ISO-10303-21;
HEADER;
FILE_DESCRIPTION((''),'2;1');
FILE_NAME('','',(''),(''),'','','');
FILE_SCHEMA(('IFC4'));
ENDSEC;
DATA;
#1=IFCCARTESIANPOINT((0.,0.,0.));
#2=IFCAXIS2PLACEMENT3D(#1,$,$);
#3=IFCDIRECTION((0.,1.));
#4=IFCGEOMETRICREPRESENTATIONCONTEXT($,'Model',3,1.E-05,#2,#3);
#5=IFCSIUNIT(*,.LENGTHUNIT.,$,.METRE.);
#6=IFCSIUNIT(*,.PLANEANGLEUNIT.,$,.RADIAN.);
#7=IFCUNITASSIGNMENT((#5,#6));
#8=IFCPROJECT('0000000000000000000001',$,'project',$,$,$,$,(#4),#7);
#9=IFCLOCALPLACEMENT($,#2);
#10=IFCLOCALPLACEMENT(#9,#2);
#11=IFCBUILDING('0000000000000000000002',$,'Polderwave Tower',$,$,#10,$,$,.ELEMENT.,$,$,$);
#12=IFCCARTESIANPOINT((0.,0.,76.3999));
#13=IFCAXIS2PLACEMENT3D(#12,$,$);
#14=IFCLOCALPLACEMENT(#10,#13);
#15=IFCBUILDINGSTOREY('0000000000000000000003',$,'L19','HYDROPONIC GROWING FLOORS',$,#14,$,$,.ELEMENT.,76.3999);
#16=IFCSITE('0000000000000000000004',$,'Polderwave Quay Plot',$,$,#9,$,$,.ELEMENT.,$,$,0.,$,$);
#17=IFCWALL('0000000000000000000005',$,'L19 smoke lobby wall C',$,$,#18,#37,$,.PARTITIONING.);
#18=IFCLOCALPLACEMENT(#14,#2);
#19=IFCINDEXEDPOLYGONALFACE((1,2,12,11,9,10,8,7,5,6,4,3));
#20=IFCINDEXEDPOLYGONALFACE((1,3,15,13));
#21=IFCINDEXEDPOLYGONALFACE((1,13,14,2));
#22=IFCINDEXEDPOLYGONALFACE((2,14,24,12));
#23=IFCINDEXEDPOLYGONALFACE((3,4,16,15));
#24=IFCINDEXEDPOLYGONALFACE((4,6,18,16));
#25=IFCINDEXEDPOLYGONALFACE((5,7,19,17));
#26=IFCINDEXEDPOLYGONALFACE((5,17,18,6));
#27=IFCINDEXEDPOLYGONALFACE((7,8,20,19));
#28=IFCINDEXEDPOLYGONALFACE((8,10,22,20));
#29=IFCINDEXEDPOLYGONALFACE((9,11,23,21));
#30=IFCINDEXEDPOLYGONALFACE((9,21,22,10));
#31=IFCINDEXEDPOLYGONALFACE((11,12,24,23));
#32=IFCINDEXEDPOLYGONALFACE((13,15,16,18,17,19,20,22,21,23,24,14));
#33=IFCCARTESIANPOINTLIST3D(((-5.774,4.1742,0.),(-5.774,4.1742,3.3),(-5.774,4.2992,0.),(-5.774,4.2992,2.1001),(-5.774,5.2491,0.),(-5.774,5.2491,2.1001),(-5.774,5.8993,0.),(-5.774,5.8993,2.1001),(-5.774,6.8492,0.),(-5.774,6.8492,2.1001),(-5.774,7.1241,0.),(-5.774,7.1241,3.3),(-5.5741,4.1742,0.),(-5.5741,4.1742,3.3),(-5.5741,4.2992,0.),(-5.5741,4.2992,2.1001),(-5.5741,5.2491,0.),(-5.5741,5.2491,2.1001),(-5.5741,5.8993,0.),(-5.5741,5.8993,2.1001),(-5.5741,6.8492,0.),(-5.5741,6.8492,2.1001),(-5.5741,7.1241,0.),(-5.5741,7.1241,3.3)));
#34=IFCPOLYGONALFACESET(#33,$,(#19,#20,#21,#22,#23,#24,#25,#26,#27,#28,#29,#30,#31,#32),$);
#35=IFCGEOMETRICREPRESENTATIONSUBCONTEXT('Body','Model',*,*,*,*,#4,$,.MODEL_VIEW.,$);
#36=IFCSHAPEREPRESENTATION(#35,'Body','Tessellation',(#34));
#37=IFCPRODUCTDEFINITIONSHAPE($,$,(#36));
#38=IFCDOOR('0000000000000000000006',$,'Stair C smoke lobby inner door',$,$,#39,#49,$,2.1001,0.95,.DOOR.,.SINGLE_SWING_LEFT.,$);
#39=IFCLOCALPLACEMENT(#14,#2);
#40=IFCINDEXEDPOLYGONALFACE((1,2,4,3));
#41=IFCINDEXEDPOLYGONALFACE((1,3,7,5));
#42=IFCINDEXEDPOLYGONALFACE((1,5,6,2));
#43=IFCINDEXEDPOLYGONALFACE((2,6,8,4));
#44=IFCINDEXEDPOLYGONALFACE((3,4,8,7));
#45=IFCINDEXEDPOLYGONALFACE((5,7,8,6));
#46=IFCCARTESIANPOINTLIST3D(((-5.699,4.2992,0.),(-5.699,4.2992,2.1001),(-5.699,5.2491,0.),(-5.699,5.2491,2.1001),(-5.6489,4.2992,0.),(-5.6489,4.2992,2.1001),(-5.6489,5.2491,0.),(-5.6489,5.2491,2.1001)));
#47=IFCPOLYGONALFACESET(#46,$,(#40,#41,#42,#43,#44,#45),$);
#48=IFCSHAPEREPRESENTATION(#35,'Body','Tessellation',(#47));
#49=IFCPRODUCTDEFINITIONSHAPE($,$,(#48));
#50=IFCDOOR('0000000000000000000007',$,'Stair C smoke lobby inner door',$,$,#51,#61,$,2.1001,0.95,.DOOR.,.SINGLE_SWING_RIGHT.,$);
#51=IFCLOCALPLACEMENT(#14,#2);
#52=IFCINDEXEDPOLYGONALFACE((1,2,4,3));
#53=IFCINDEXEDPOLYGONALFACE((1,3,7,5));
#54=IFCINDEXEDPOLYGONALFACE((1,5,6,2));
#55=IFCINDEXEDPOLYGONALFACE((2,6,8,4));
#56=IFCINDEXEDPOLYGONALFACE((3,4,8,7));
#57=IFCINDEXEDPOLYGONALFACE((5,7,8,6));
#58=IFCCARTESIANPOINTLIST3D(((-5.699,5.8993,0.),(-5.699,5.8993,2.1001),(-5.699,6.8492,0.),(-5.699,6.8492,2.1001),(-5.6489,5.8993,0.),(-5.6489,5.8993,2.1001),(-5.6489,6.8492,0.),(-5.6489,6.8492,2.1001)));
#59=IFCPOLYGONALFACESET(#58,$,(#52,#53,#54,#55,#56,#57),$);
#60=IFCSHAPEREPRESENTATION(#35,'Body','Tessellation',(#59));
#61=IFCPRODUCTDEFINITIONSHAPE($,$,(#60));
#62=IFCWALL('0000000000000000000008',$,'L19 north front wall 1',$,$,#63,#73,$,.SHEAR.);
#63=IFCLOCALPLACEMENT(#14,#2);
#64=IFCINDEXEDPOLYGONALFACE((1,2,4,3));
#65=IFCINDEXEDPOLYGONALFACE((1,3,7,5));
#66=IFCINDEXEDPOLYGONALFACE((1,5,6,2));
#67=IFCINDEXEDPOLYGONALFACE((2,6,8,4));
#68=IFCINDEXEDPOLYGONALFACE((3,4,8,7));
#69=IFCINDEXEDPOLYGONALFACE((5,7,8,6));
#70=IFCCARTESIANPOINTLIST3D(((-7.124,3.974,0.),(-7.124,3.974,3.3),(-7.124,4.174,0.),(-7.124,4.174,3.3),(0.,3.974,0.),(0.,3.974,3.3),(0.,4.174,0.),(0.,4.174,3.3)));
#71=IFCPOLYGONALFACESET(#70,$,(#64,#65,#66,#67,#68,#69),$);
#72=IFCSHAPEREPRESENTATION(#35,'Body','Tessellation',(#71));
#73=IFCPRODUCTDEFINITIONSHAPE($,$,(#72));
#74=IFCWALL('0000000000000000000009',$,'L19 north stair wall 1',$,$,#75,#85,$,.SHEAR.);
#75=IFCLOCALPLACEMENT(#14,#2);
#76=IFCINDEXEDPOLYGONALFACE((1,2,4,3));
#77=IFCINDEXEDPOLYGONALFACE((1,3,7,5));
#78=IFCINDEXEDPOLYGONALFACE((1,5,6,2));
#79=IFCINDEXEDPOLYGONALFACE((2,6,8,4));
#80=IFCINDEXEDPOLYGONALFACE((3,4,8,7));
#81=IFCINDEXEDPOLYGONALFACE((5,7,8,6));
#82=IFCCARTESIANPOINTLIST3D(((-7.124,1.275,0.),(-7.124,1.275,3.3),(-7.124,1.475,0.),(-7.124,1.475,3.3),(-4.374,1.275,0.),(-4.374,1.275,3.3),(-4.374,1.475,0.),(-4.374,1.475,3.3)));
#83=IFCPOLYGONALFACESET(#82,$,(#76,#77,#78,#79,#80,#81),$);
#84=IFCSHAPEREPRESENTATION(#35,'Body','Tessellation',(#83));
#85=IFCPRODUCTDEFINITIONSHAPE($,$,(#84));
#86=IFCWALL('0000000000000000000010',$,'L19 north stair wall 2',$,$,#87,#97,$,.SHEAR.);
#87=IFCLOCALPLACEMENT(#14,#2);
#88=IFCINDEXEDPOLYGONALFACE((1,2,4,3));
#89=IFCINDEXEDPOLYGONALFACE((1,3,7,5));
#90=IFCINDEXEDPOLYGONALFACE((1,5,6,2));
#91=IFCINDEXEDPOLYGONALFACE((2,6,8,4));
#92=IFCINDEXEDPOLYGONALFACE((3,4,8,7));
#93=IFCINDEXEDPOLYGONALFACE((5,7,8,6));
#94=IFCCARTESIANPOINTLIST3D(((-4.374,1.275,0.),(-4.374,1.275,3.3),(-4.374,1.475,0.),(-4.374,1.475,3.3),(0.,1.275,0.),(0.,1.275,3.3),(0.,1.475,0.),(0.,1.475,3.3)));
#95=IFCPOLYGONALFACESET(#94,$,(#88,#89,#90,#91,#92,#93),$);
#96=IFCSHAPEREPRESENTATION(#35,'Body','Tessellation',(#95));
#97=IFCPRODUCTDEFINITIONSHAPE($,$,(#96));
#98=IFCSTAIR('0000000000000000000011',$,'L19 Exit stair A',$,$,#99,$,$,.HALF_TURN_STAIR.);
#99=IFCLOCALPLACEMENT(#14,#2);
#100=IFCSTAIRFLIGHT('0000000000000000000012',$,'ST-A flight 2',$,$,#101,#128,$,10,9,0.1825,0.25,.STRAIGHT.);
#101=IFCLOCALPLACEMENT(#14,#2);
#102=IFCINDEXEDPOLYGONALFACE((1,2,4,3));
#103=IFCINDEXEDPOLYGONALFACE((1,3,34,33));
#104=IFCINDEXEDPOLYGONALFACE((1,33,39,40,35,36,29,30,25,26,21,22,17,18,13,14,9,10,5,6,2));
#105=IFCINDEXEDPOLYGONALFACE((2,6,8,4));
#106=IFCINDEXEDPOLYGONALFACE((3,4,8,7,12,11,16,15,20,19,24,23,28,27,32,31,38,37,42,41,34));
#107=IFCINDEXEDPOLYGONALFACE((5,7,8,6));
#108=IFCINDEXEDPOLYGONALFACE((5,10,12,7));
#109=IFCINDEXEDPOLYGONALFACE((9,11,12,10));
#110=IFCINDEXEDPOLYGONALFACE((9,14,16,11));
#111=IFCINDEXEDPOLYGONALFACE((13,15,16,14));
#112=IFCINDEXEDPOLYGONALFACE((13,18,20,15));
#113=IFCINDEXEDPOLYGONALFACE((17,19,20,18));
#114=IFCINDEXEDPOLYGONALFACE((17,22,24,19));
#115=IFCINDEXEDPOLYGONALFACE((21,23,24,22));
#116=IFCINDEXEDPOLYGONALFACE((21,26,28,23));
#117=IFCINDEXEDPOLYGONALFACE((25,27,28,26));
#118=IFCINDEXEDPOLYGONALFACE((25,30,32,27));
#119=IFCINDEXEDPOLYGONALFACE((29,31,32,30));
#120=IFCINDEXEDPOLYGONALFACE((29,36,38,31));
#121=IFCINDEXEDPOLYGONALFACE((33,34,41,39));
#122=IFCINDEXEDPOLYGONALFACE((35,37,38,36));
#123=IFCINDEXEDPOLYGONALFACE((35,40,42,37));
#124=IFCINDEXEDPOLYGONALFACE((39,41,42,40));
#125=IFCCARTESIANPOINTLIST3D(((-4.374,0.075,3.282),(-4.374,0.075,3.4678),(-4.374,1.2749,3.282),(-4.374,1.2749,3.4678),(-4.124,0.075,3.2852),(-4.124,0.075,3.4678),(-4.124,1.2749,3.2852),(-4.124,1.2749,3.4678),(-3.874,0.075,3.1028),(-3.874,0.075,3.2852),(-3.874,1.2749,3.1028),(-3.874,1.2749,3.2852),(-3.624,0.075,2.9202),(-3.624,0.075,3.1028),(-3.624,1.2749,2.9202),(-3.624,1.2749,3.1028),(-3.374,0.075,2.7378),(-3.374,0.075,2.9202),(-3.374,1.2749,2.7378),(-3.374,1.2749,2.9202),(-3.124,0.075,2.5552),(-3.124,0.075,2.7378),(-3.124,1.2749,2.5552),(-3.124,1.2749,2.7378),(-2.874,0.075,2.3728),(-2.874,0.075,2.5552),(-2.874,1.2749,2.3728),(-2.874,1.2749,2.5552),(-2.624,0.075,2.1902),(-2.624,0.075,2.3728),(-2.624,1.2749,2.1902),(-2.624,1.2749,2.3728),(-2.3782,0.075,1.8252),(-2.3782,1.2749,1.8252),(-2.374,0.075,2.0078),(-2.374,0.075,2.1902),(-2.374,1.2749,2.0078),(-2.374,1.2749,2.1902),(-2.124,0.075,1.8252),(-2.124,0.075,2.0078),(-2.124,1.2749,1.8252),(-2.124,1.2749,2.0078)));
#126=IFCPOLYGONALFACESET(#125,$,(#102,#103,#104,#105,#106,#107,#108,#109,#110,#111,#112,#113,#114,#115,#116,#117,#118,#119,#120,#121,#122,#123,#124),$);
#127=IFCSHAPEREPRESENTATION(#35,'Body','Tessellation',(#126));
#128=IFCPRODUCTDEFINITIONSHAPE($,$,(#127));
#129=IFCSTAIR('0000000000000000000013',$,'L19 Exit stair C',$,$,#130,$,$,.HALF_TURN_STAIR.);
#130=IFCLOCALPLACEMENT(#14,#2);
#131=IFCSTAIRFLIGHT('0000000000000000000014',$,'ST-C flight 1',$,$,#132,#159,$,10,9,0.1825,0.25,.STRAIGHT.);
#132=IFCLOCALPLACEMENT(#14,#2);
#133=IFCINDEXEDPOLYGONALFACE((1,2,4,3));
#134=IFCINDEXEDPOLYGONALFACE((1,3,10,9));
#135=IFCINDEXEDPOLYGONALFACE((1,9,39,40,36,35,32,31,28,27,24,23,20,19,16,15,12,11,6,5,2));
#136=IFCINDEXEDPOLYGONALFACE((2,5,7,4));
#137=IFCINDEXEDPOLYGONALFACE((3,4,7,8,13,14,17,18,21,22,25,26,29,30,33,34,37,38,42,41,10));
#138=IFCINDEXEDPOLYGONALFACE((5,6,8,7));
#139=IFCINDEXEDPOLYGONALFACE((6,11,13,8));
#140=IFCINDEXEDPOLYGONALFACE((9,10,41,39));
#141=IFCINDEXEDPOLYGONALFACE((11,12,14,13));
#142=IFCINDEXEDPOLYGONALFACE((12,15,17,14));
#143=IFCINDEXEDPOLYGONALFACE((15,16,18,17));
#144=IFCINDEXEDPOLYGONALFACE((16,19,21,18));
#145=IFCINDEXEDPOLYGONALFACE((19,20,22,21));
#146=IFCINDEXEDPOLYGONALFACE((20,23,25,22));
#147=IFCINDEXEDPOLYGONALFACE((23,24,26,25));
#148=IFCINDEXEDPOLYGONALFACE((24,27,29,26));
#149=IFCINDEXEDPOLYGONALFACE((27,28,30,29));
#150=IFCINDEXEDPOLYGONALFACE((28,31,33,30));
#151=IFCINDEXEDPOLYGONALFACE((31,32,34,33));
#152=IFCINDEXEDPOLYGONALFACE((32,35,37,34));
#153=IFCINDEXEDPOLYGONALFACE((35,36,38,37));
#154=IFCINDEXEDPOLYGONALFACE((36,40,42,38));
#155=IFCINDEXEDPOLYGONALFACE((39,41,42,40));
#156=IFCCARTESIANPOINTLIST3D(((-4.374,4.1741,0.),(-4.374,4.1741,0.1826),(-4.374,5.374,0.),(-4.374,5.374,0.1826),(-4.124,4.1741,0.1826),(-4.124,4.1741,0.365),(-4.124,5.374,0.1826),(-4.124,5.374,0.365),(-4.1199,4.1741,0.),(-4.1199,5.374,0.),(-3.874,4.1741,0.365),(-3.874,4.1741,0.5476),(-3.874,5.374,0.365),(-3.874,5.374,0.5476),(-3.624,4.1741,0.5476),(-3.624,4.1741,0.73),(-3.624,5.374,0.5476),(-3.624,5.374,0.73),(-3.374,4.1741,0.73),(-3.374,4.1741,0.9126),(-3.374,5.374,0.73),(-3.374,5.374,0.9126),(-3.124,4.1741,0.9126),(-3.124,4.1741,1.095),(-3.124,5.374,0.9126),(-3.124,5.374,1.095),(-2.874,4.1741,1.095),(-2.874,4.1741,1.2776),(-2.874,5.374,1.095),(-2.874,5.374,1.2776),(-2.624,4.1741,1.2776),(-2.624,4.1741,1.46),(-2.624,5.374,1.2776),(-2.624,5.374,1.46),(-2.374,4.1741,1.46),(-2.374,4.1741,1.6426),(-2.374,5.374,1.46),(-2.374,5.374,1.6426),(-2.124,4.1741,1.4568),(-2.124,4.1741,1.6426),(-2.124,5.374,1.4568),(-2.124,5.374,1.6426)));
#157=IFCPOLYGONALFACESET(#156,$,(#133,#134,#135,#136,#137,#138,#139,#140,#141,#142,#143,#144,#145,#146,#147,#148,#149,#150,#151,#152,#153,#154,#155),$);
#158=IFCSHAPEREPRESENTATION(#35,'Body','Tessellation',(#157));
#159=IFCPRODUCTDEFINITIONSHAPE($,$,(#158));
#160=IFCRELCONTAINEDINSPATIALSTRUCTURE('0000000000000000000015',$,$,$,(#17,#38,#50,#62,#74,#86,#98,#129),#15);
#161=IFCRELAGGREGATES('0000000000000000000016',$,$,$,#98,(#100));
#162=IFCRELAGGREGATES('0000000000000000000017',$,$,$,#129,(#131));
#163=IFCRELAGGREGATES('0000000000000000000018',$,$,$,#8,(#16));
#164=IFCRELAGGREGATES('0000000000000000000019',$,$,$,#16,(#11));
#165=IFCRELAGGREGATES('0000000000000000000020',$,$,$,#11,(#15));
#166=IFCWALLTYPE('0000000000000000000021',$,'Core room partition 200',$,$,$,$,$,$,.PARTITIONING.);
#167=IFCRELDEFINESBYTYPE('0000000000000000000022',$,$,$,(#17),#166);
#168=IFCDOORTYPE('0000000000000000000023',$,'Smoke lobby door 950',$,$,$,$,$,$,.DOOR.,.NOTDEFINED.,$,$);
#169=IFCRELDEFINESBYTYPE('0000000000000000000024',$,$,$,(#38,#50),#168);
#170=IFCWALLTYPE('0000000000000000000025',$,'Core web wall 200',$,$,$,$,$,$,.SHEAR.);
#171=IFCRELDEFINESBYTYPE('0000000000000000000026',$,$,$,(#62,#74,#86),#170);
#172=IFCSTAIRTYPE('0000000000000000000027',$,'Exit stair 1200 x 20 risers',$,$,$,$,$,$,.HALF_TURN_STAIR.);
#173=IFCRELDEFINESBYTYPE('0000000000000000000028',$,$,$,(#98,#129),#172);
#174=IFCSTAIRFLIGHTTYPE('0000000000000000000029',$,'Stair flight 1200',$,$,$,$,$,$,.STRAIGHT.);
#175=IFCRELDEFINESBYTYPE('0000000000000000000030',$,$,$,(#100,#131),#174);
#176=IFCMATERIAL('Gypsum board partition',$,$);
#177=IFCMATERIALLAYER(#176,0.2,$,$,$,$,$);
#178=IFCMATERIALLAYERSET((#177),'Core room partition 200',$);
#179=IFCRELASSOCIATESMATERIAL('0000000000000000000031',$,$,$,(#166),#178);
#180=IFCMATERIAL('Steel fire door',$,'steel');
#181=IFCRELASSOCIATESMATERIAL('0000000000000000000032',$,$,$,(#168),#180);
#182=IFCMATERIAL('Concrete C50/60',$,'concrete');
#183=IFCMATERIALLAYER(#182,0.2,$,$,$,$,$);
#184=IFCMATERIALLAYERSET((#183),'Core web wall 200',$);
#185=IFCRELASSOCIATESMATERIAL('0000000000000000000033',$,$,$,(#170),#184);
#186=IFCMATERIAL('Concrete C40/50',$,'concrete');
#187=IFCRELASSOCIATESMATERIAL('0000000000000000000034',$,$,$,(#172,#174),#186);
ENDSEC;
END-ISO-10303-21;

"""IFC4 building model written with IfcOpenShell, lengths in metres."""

from ifc_helpers import new_model, si_unit, direction, frame, frame_2d, origin, place, context, subcontext, project, spatial, polyline, rectangle, outline, extrude, material, layer, layer_set, type_object, element, fill, aggregate, save


model = new_model("IFC4")

# Units and contexts
model_context = context("Model", 3, precision=1e-05, world=origin(), true_north=direction((0.0, 1.0)))
body_context = subcontext(model_context, "Body", "Model", "MODEL_VIEW")
ifc_project = project(units=[si_unit("LENGTHUNIT", "METRE"), si_unit("PLANEANGLEUNIT", "RADIAN")], contexts=[model_context])

# Site, building, storey
site_placement = place(None, origin())
site = spatial("IfcSite", under=ifc_project, at=site_placement, Name="Polderwave Quay Plot", CompositionType="ELEMENT", RefElevation=0.0)
building_placement = place(site_placement, origin())
building = spatial("IfcBuilding", under=site, at=building_placement, Name="Polderwave Tower", CompositionType="ELEMENT")
storey_placement = place(building_placement, frame((0.0, 0.0, 76.3999)))
storey = spatial("IfcBuildingStorey", under=building, at=storey_placement, Name="L19", Description="HYDROPONIC GROWING FLOORS", CompositionType="ELEMENT", Elevation=76.3999)

# Wall, openings, doors
ifc_material_1 = material(Name="Gypsum board partition")
ifc_layer_1 = layer(ifc_material_1, 0.2)
ifc_layer_set_1 = layer_set([ifc_layer_1], Name="Core room partition 200")
wall_type_1 = type_object("IfcWallType", Name="Core room partition 200", PredefinedType="PARTITIONING", material=ifc_layer_set_1)
wall_1_placement = place(storey_placement, frame((-5.6741, 4.1741, 0.0), z_axis=(0.0, 0.0, 1.0), x_axis=(0.0, 1.0, 0.0)))
wall_1 = element("IfcWall", 1, at=wall_1_placement, inside=storey, type_object=wall_type_1, Name="L19 smoke lobby wall C", PredefinedType="PARTITIONING", context=body_context, shape_type="SweptSolid", body=[
    extrude(rectangle(XDim=2.95, YDim=0.2, at=frame_2d((1.4751, 0.0))), origin(), (0.0, 0.0, 1.0), 3.3),
])
opening_1_placement = place(wall_1_placement, frame((0.125, 0.0, 0.0)))
opening_1 = element("IfcOpeningElement", 2, at=opening_1_placement, cuts=wall_1, PredefinedType="OPENING", context=body_context, shape_type="SweptSolid", body=[
    extrude(rectangle(XDim=0.95, YDim=2.1001, at=frame_2d((0.4751, 1.05))), frame((0.0, 0.1099, 0.0), z_axis=(0.0, -1.0, 0.0), x_axis=(1.0, 0.0, 0.0)), (0.0, 0.0, 1.0), 0.22),
])
opening_2_placement = place(wall_1_placement, frame((1.7251, 0.0, 0.0)))
opening_2 = element("IfcOpeningElement", 3, at=opening_2_placement, cuts=wall_1, PredefinedType="OPENING", context=body_context, shape_type="SweptSolid", body=[
    extrude(rectangle(XDim=0.95, YDim=2.1001, at=frame_2d((0.4751, 1.05))), frame((0.0, 0.1099, 0.0), z_axis=(0.0, -1.0, 0.0), x_axis=(1.0, 0.0, 0.0)), (0.0, 0.0, 1.0), 0.22),
])
ifc_material_2 = material(Name="Steel fire door", Category="steel")
door_type = type_object("IfcDoorType", Name="Smoke lobby door 950", OperationType="NOTDEFINED", PredefinedType="DOOR", material=ifc_material_2)
door_1_placement = place(opening_1_placement, origin())
door_1 = element("IfcDoor", 4, at=door_1_placement, inside=storey, type_object=door_type, Name="Stair C smoke lobby inner door", OperationType="SINGLE_SWING_LEFT", OverallHeight=2.1001, OverallWidth=0.95, PredefinedType="DOOR", context=body_context, shape_type="SweptSolid", body=[
    extrude(rectangle(XDim=0.95, YDim=2.1001, at=frame_2d((0.4751, 1.05))), frame((0.0, 0.0249, 0.0), z_axis=(0.0, -1.0, 0.0), x_axis=(1.0, 0.0, 0.0)), (0.0, 0.0, 1.0), 0.05),
])
fill(opening_1, door_1)
door_2_placement = place(opening_2_placement, origin())
door_2 = element("IfcDoor", 5, at=door_2_placement, inside=storey, type_object=door_type, Name="Stair C smoke lobby inner door", OperationType="SINGLE_SWING_RIGHT", OverallHeight=2.1001, OverallWidth=0.95, PredefinedType="DOOR", context=body_context, shape_type="SweptSolid", body=[
    extrude(rectangle(XDim=0.95, YDim=2.1001, at=frame_2d((0.4751, 1.05))), frame((0.0, 0.0249, 0.0), z_axis=(0.0, -1.0, 0.0), x_axis=(1.0, 0.0, 0.0)), (0.0, 0.0, 1.0), 0.05),
])
fill(opening_2, door_2)

# Walls
ifc_material_3 = material(Name="Concrete C50/60", Category="concrete")
ifc_layer_2 = layer(ifc_material_3, 0.2)
ifc_layer_set_2 = layer_set([ifc_layer_2], Name="Core web wall 200")
wall_type_2 = type_object("IfcWallType", Name="Core web wall 200", PredefinedType="SHEAR", material=ifc_layer_set_2)
wall_2_placement = place(storey_placement, frame((-7.124, 4.074, 0.0), z_axis=(0.0, 0.0, 1.0), x_axis=(1.0, 0.0, 0.0)))
element("IfcWall", 6, at=wall_2_placement, inside=storey, type_object=wall_type_2, Name="L19 north front wall 1", PredefinedType="SHEAR", context=body_context, shape_type="SweptSolid", body=[
    extrude(rectangle(XDim=7.124, YDim=0.2, at=frame_2d((3.562, 0.0))), origin(), (0.0, 0.0, 1.0), 3.3),
])
wall_3_placement = place(storey_placement, frame((-7.124, 1.375, 0.0), z_axis=(0.0, 0.0, 1.0), x_axis=(1.0, 0.0, 0.0)))
element("IfcWall", 7, at=wall_3_placement, inside=storey, type_object=wall_type_2, Name="L19 north stair wall 1", PredefinedType="SHEAR", context=body_context, shape_type="SweptSolid", body=[
    extrude(rectangle(XDim=2.75, YDim=0.2, at=frame_2d((1.375, 0.0))), origin(), (0.0, 0.0, 1.0), 3.3),
])
wall_4_placement = place(storey_placement, frame((-4.374, 1.375, 0.0), z_axis=(0.0, 0.0, 1.0), x_axis=(1.0, 0.0, 0.0)))
element("IfcWall", 8, at=wall_4_placement, inside=storey, type_object=wall_type_2, Name="L19 north stair wall 2", PredefinedType="SHEAR", context=body_context, shape_type="SweptSolid", body=[
    extrude(rectangle(XDim=4.374, YDim=0.2, at=frame_2d((2.187, 0.0))), origin(), (0.0, 0.0, 1.0), 3.3),
])

# Stairs, stair flights
ifc_material_4 = material(Name="Concrete C40/50", Category="concrete")
stair_type = type_object("IfcStairType", Name="Exit stair 1200 x 20 risers", PredefinedType="HALF_TURN_STAIR", material=ifc_material_4)
stair_1_placement = place(storey_placement, origin())
stair_1 = element("IfcStair", 9, at=stair_1_placement, inside=storey, type_object=stair_type, Name="L19 Exit stair A", PredefinedType="HALF_TURN_STAIR")
stair_flight_type = type_object("IfcStairFlightType", Name="Stair flight 1200", PredefinedType="STRAIGHT", material=ifc_material_4)
stair_flight_1_placement = place(storey_placement, frame((-2.124, 0.675, 1.8252), z_axis=(0.0, 0.0, 1.0), x_axis=(-1.0, 0.0, 0.0)))
stair_flight_1 = element("IfcStairFlight", 10, at=stair_flight_1_placement, type_object=stair_flight_type, Name="ST-A flight 2", NumberOfRisers=10, NumberOfTreads=9, PredefinedType="STRAIGHT", RiserHeight=0.1825, TreadLength=0.25, context=body_context, shape_type="SweptSolid", body=[
    extrude(outline(polyline([(0.0, 0.0), (0.0, 0.1826), (0.25, 0.1826), (0.25, 0.365), (0.5, 0.365), (0.5, 0.5476), (0.75, 0.5476), (0.75, 0.73), (1.0, 0.73), (1.0, 0.9126), (1.25, 0.9126), (1.25, 1.095), (1.5, 1.095), (1.5, 1.2776), (1.75, 1.2776), (1.75, 1.46), (2.0, 1.46), (2.0, 1.6426), (2.25, 1.6426), (2.25, 1.825), (2.25, 1.4568), (0.2542, 0.0), (0.0, 0.0)])), frame((0.0, 0.6001, 0.0), z_axis=(0.0, -1.0, 0.0), x_axis=(1.0, 0.0, 0.0)), (0.0, 0.0, 1.0), 1.2),
])
aggregate(stair_1, [stair_flight_1])
stair_2_placement = place(storey_placement, origin())
stair_2 = element("IfcStair", 11, at=stair_2_placement, inside=storey, type_object=stair_type, Name="L19 Exit stair C", PredefinedType="HALF_TURN_STAIR")
stair_flight_2_placement = place(storey_placement, frame((-4.374, 4.7739, 0.0), z_axis=(0.0, 0.0, 1.0), x_axis=(1.0, 0.0, 0.0)))
stair_flight_2 = element("IfcStairFlight", 12, at=stair_flight_2_placement, type_object=stair_flight_type, Name="ST-C flight 1", NumberOfRisers=10, NumberOfTreads=9, PredefinedType="STRAIGHT", RiserHeight=0.1825, TreadLength=0.25, context=body_context, shape_type="SweptSolid", body=[
    extrude(outline(polyline([(0.0, 0.0), (0.0, 0.1826), (0.25, 0.1826), (0.25, 0.365), (0.5, 0.365), (0.5, 0.5476), (0.75, 0.5476), (0.75, 0.73), (1.0, 0.73), (1.0, 0.9126), (1.25, 0.9126), (1.25, 1.095), (1.5, 1.095), (1.5, 1.2776), (1.75, 1.2776), (1.75, 1.46), (2.0, 1.46), (2.0, 1.6426), (2.25, 1.6426), (2.25, 1.825), (2.25, 1.4568), (0.2542, 0.0), (0.0, 0.0)])), frame((0.0, 0.6001, 0.0), z_axis=(0.0, -1.0, 0.0), x_axis=(1.0, 0.0, 0.0)), (0.0, 0.0, 1.0), 1.2),
])
aggregate(stair_2, [stair_flight_2])

save(model, "model.ifc")
